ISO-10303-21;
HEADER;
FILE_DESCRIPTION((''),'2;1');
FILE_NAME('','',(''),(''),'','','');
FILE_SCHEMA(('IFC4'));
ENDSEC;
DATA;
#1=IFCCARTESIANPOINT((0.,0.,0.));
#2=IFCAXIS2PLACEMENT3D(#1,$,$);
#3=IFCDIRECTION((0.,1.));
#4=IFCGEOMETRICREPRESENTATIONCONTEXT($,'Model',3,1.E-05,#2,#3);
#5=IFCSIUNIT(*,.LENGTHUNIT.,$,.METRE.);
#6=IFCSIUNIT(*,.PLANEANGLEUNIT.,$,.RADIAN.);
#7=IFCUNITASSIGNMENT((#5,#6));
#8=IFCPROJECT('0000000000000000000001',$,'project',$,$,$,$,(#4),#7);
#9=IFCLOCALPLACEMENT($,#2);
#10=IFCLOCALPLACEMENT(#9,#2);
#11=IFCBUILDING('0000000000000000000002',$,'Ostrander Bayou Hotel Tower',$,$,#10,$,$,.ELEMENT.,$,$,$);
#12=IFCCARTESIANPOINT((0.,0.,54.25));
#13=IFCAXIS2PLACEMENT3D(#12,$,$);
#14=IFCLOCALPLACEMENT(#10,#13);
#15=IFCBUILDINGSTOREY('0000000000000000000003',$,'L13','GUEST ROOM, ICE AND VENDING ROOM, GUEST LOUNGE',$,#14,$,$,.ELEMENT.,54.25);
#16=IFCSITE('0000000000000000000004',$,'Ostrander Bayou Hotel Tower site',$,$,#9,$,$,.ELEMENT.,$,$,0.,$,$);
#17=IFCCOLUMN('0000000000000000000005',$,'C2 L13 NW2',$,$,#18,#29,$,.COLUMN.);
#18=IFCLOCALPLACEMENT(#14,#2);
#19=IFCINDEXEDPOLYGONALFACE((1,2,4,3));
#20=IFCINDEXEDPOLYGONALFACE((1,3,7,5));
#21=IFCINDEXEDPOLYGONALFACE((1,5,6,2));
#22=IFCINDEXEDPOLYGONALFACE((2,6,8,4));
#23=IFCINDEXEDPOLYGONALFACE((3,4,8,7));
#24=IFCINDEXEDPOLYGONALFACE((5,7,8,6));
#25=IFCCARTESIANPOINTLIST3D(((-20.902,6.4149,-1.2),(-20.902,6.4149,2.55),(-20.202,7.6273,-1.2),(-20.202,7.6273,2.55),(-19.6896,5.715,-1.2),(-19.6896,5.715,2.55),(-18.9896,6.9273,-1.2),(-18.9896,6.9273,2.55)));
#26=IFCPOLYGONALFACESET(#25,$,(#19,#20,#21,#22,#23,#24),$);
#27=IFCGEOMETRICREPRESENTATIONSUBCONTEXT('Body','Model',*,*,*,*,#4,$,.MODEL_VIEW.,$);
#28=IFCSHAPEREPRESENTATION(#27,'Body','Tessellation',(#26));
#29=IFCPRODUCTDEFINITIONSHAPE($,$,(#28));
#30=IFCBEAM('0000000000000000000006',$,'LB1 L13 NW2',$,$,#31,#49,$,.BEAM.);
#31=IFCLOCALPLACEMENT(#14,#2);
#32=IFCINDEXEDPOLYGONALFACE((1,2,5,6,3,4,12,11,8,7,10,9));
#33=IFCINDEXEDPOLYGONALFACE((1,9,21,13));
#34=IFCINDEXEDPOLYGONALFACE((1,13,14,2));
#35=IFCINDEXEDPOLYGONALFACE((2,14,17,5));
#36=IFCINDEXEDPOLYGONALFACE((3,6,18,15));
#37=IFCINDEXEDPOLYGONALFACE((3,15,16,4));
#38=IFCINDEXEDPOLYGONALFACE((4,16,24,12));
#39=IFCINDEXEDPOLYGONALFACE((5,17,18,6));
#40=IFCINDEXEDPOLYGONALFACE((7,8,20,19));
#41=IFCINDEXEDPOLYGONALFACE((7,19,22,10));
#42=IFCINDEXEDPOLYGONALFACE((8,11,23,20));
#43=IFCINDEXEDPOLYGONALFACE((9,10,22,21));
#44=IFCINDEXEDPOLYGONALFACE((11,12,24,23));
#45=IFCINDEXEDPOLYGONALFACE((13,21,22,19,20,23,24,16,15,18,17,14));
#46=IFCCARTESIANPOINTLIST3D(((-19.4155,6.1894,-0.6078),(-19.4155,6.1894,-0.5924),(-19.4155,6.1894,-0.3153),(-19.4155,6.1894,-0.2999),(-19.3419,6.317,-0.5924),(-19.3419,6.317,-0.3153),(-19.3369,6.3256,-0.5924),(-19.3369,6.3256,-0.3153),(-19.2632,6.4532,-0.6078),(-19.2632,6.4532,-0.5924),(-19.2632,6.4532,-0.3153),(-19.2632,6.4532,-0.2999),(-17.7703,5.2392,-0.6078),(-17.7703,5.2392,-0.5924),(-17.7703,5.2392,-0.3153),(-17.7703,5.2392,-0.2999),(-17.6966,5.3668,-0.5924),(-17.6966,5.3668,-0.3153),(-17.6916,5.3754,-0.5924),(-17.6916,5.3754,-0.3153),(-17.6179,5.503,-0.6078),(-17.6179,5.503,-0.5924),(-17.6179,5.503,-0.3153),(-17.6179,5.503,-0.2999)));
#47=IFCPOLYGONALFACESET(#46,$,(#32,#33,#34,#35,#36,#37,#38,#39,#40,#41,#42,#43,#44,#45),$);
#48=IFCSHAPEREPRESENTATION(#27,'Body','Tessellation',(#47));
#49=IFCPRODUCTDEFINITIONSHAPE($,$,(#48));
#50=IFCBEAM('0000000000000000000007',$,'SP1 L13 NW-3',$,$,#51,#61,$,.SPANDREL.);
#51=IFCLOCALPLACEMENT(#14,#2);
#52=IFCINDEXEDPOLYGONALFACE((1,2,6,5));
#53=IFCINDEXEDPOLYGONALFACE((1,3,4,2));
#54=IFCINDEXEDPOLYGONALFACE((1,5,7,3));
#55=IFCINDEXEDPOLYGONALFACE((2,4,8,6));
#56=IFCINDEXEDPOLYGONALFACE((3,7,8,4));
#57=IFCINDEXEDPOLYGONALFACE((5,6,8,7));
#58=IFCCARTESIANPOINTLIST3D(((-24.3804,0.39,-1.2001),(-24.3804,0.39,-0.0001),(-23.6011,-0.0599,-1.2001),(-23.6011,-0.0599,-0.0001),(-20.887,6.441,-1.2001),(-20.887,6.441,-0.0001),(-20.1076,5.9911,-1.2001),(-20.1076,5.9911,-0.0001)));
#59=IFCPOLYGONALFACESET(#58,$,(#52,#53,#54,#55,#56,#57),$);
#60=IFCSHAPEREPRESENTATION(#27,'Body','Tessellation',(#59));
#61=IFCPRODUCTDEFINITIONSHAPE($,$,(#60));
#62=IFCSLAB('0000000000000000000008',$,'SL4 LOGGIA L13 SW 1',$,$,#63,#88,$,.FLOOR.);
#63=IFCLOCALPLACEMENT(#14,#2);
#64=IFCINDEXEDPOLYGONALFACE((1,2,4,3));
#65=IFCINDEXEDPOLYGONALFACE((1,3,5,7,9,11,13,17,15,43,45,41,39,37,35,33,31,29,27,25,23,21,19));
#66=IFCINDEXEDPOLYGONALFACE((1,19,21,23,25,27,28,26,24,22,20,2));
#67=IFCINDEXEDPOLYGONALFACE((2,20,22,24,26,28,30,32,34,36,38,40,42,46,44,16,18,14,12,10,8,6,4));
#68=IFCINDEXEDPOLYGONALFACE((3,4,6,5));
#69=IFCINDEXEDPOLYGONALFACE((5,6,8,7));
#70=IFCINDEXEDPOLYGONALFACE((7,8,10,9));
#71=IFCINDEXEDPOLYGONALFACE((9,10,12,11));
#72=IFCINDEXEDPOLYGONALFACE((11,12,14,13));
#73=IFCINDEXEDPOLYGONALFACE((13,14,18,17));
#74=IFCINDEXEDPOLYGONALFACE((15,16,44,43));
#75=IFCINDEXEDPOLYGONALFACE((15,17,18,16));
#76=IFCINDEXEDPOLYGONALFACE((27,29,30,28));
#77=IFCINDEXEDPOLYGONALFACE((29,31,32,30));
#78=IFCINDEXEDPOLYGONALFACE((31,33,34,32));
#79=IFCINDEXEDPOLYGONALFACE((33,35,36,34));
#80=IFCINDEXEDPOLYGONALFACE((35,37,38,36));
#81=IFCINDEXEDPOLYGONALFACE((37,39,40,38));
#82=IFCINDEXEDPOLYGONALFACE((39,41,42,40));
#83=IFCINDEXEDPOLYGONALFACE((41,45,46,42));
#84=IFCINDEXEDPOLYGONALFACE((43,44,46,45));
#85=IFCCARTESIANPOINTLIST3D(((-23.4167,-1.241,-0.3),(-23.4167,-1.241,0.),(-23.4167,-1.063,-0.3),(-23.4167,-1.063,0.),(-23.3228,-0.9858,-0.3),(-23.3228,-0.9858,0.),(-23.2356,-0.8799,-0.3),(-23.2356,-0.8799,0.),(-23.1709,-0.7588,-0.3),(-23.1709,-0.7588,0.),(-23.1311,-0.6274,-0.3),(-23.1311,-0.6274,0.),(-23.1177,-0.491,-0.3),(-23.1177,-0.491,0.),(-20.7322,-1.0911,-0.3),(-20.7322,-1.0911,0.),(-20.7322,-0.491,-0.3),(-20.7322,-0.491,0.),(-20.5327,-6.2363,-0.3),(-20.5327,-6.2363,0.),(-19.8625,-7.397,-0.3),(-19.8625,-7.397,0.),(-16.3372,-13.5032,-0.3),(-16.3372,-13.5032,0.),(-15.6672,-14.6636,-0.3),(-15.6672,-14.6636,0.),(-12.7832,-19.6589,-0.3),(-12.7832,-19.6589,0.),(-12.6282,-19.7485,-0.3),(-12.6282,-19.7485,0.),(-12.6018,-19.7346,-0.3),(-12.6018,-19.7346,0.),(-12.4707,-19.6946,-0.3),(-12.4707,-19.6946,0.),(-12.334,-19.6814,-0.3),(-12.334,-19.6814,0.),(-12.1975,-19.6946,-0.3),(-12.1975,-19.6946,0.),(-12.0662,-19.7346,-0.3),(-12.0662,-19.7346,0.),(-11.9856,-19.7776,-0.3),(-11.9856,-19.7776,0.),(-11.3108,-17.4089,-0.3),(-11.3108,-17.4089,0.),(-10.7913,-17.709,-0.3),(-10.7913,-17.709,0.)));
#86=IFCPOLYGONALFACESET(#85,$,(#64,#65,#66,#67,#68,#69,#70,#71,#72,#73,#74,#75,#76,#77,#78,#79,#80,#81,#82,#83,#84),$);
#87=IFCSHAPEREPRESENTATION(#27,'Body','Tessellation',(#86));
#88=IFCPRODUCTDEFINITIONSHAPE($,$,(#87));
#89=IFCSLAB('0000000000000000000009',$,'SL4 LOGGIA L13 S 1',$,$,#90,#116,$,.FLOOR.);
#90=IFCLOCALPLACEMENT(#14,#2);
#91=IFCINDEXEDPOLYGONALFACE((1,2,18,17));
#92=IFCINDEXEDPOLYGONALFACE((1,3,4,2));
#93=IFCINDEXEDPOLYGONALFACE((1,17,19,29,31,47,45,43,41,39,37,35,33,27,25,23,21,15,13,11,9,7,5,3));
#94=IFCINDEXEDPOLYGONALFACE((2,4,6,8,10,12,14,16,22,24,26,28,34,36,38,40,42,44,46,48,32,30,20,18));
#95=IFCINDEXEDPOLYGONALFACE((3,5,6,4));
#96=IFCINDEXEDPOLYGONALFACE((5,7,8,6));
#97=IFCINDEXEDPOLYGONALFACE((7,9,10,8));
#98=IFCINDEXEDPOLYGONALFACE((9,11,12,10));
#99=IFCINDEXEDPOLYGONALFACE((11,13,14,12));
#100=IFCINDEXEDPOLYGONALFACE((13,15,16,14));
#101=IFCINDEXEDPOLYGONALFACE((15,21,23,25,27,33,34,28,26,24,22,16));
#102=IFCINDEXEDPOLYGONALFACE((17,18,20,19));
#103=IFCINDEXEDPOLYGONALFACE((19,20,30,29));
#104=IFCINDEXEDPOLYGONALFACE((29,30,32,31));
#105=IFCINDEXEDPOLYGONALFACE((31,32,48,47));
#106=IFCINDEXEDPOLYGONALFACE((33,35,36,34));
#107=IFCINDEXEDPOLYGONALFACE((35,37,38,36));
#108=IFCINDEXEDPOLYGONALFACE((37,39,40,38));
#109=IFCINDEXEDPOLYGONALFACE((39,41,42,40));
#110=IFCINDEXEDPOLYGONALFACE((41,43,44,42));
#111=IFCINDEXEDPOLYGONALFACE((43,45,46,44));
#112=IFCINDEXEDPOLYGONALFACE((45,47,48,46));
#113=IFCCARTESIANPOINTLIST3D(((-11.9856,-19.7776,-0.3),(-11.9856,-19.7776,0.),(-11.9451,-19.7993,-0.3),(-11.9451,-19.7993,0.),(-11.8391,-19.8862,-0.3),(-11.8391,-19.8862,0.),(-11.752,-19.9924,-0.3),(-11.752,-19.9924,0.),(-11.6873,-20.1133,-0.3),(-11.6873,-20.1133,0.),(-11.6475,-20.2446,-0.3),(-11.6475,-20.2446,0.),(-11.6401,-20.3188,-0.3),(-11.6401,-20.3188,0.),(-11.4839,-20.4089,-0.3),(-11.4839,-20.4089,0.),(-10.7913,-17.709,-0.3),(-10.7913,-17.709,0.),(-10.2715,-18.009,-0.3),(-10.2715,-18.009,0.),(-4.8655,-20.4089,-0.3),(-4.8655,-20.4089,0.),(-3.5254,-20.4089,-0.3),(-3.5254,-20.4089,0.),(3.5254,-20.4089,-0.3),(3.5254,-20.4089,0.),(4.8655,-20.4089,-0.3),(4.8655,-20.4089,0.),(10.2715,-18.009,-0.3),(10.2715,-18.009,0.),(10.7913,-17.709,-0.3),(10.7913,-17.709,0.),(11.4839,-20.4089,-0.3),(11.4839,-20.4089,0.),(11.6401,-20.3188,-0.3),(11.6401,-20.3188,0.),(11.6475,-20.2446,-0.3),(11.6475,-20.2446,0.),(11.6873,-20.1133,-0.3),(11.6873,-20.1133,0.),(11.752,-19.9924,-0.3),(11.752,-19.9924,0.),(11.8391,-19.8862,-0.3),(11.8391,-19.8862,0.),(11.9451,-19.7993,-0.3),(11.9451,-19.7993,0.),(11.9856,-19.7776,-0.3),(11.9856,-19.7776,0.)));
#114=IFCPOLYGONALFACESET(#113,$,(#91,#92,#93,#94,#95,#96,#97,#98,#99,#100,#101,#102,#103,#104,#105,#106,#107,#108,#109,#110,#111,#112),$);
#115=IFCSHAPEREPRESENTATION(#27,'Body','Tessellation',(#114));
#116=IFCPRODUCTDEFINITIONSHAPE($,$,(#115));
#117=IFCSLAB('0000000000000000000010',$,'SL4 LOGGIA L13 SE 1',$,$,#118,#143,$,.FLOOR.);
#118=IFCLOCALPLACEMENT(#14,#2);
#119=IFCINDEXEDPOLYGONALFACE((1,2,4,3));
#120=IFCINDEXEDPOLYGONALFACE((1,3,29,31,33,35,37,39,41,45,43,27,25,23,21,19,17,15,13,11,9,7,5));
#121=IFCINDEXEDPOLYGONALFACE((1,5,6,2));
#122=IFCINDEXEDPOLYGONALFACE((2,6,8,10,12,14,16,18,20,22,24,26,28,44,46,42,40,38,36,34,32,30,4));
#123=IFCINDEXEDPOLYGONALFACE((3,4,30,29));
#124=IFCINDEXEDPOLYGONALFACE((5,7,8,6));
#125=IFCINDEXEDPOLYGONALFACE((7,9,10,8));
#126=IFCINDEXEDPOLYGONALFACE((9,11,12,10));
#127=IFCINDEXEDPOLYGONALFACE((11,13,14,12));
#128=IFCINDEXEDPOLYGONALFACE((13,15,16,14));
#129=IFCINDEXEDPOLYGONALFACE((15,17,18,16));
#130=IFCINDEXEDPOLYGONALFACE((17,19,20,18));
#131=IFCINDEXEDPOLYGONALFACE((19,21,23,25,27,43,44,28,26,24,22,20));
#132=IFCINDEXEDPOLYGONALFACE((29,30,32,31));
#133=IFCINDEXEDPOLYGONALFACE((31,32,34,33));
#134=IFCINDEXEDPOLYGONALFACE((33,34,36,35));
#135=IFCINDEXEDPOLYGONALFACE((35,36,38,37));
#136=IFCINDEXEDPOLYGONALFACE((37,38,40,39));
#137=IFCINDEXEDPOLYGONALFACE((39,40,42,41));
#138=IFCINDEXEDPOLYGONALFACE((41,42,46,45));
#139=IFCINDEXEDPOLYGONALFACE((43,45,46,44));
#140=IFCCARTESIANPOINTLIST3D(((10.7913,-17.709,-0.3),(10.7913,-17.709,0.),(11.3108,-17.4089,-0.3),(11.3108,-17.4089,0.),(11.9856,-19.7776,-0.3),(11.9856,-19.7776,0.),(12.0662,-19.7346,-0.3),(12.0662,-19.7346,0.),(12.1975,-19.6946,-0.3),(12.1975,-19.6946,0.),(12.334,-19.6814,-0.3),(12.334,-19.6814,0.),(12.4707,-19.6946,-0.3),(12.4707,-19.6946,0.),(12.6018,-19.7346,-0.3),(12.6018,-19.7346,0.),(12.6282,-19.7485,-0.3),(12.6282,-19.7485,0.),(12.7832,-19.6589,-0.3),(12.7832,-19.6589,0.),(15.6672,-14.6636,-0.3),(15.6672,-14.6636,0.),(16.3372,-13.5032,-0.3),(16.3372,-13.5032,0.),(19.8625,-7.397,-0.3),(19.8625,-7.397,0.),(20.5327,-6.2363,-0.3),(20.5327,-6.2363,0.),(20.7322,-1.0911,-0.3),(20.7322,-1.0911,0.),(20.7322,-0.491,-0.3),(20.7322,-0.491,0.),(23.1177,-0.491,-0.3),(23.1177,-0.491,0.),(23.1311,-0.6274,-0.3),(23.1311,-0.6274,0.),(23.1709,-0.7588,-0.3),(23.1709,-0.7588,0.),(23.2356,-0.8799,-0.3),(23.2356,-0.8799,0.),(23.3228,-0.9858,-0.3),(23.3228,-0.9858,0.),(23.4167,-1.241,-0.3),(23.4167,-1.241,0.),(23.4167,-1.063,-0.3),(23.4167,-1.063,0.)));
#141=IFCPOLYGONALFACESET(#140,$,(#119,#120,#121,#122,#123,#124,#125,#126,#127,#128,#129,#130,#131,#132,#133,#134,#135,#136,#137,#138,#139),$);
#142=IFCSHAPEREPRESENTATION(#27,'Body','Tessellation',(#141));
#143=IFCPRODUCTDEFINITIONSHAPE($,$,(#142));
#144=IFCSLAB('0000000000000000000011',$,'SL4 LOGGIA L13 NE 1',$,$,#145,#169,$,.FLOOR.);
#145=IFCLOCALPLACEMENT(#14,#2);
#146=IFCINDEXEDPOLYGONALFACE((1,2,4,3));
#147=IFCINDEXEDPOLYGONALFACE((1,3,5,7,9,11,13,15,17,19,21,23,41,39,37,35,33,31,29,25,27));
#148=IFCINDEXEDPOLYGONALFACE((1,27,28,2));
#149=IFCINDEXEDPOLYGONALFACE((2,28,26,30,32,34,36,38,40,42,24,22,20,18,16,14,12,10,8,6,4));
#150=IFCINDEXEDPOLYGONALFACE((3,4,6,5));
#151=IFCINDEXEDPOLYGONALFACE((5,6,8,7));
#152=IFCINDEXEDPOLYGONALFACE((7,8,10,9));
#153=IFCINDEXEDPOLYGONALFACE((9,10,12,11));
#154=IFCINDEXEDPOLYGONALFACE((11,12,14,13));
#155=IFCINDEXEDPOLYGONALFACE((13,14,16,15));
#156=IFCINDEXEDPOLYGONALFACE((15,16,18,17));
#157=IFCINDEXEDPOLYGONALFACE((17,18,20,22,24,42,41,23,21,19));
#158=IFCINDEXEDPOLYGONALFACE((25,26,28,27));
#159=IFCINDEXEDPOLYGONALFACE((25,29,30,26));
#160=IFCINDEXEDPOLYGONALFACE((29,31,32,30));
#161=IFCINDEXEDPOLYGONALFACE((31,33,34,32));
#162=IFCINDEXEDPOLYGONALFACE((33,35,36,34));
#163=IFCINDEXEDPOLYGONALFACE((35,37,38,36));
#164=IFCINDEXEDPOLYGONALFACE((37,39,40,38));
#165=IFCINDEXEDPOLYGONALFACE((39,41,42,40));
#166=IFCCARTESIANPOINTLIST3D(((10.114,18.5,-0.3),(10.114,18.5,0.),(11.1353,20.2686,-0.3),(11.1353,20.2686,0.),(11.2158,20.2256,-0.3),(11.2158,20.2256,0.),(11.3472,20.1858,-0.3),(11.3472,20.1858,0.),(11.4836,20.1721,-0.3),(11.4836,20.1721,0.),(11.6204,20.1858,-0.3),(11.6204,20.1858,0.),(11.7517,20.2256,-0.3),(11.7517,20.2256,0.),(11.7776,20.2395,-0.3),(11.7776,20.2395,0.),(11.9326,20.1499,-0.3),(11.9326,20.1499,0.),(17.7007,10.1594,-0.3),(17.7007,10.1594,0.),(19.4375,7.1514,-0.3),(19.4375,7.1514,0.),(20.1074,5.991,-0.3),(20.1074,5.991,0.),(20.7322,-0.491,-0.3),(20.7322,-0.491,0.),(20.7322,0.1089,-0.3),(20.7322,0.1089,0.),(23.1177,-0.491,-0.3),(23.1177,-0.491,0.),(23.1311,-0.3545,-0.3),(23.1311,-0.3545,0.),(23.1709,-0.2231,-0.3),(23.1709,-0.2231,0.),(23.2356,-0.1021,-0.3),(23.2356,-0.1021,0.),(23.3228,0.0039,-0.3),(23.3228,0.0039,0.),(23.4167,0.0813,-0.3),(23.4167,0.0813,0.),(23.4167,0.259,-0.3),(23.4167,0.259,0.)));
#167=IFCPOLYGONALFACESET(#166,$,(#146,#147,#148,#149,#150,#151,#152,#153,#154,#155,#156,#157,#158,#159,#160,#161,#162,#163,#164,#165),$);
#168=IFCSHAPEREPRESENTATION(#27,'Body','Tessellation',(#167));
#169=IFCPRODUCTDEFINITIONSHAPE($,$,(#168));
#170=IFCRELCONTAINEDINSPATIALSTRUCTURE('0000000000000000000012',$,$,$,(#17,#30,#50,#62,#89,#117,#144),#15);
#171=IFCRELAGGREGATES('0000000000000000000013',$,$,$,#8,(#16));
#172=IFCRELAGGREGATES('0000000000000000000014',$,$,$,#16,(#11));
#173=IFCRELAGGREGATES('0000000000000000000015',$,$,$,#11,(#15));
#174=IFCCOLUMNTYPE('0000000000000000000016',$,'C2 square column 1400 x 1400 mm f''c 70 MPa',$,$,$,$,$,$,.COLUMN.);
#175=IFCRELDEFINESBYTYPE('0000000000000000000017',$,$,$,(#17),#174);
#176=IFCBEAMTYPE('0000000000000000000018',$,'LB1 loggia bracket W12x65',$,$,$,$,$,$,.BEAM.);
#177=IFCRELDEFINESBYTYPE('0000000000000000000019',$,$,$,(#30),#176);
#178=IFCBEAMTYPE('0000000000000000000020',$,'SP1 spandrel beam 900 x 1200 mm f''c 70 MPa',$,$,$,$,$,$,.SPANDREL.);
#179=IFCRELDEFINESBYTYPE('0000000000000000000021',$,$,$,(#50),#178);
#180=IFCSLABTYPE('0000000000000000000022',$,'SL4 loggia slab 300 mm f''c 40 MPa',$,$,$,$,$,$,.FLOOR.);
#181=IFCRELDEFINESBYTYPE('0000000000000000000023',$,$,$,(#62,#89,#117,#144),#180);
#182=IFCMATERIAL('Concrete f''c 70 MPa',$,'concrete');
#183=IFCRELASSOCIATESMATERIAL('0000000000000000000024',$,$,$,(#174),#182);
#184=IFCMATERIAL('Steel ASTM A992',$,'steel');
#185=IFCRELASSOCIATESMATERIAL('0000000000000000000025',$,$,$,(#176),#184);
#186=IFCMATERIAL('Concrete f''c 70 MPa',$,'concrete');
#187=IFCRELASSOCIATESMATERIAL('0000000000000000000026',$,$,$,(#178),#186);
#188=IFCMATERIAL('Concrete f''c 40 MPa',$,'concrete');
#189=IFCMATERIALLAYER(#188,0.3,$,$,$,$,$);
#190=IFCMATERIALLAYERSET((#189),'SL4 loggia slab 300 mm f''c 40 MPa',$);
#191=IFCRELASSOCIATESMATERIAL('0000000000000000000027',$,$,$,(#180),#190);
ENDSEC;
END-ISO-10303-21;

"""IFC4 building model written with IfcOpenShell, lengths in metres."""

from ifc_helpers import new_model, si_unit, direction, frame, origin, origin_2d, place, context, subcontext, project, spatial, polyline, rectangle, i_section, outline, extrude, material, layer, layer_set, material_profile, profile_set, type_object, element, save


model = new_model("IFC4")

# Units and contexts
model_context = context("Model", 3, precision=1e-05, world=origin(), true_north=direction((0.0, 1.0)))
body_context = subcontext(model_context, "Body", "Model", "MODEL_VIEW")
ifc_project = project(units=[si_unit("LENGTHUNIT", "METRE"), si_unit("PLANEANGLEUNIT", "RADIAN")], contexts=[model_context])

# Site, building, storey
site_placement = place(None, origin())
site = spatial("IfcSite", under=ifc_project, at=site_placement, Name="Ostrander Bayou Hotel Tower site", CompositionType="ELEMENT", RefElevation=0.0)
building_placement = place(site_placement, origin())
building = spatial("IfcBuilding", under=site, at=building_placement, Name="Ostrander Bayou Hotel Tower", CompositionType="ELEMENT")
storey_placement = place(building_placement, frame((0.0, 0.0, 54.25)))
storey = spatial("IfcBuildingStorey", under=building, at=storey_placement, Name="L13", Description="GUEST ROOM, ICE AND VENDING ROOM, GUEST LOUNGE", CompositionType="ELEMENT", Elevation=54.25)

# Column
ifc_material_1 = material(Name="Concrete f'c 70 MPa", Category="concrete")
ifc_material_profile_1 = material_profile(ifc_material_1, rectangle(XDim=1.3999, YDim=1.3999, at=origin_2d()))
ifc_profile_set_1 = profile_set([ifc_material_profile_1], Name="Concrete f'c 70 MPa")
column_type = type_object("IfcColumnType", Name="C2 square column 1400 x 1400 mm f'c 70 MPa", PredefinedType="COLUMN", material=ifc_profile_set_1)
column_placement = place(storey_placement, frame((-19.9458, 6.6711, -1.2), z_axis=(0.0, 0.0, 1.0), x_axis=(0.5, 0.866025, 0.0)))
element("IfcColumn", 1, at=column_placement, inside=storey, type_object=column_type, Name="C2 L13 NW2", PredefinedType="COLUMN", context=body_context, shape_type="SweptSolid", body=[
    extrude(rectangle(XDim=1.3999, YDim=1.3999, at=origin_2d()), origin(), (0.0, 0.0, 1.0), 3.75),
])

# Beams
ifc_material_2 = material(Name="Steel ASTM A992", Category="steel")
ifc_material_profile_2 = material_profile(ifc_material_2, i_section(OverallWidth=0.3047, OverallDepth=0.3079, WebThickness=0.01, FlangeThickness=0.0154, at=origin_2d()))
ifc_profile_set_2 = profile_set([ifc_material_profile_2], Name="Steel ASTM A992")
beam_type_1 = type_object("IfcBeamType", Name="LB1 loggia bracket W12x65", PredefinedType="BEAM", material=ifc_profile_set_2)
beam_1_placement = place(storey_placement, frame((-19.3394, 6.3213, -0.4539), z_axis=(0.865957, -0.500119, 0.0), x_axis=(0.500119, 0.865957, 0.0)))
element("IfcBeam", 2, at=beam_1_placement, inside=storey, type_object=beam_type_1, Name="LB1 L13 NW2", PredefinedType="BEAM", context=body_context, shape_type="SweptSolid", body=[
    extrude(i_section(OverallWidth=0.3047, OverallDepth=0.3079, WebThickness=0.01, FlangeThickness=0.0154, at=origin_2d()), origin(), (0.0, 0.0, 1.0), 1.8999),
])
ifc_material_3 = material(Name="Concrete f'c 70 MPa", Category="concrete")
ifc_material_profile_3 = material_profile(ifc_material_3, rectangle(XDim=0.8999, YDim=1.2, at=origin_2d()))
ifc_profile_set_3 = profile_set([ifc_material_profile_3], Name="Concrete f'c 70 MPa")
beam_type_2 = type_object("IfcBeamType", Name="SP1 spandrel beam 900 x 1200 mm f'c 70 MPa", PredefinedType="SPANDREL", material=ifc_profile_set_3)
beam_2_placement = place(storey_placement, frame((-20.4973, 6.2161, -0.6001), z_axis=(-0.499984, -0.866035, 0.0), x_axis=(0.866035, -0.499984, 0.0)))
element("IfcBeam", 3, at=beam_2_placement, inside=storey, type_object=beam_type_2, Name="SP1 L13 NW-3", PredefinedType="SPANDREL", context=body_context, shape_type="SweptSolid", body=[
    extrude(rectangle(XDim=0.8999, YDim=1.2, at=origin_2d()), origin(), (0.0, 0.0, 1.0), 6.9871),
])

# Slabs
ifc_material_4 = material(Name="Concrete f'c 40 MPa", Category="concrete")
ifc_layer_1 = layer(ifc_material_4, 0.3)
ifc_layer_set_1 = layer_set([ifc_layer_1], Name="SL4 loggia slab 300 mm f'c 40 MPa")
slab_type_1 = type_object("IfcSlabType", Name="SL4 loggia slab 300 mm f'c 40 MPa", PredefinedType="FLOOR", material=ifc_layer_set_1)
slab_1_placement = place(storey_placement, frame((0.0, 0.0, -0.3)))
element("IfcSlab", 4, at=slab_1_placement, inside=storey, type_object=slab_type_1, Name="SL4 LOGGIA L13 SW 1", PredefinedType="FLOOR", context=body_context, shape_type="SweptSolid", body=[
    extrude(outline(polyline([(-10.7913, -17.709), (-11.9856, -19.7776), (-12.0662, -19.7346), (-12.1975, -19.6946), (-12.334, -19.6814), (-12.4707, -19.6946), (-12.6018, -19.7346), (-12.6282, -19.7485), (-12.7832, -19.6589), (-15.6672, -14.6636), (-16.3372, -13.5032), (-19.8625, -7.397), (-20.5327, -6.2363), (-23.4167, -1.241), (-23.4167, -1.063), (-23.3228, -0.9858), (-23.2356, -0.8799), (-23.1709, -0.7588), (-23.1311, -0.6274), (-23.1177, -0.491), (-20.7322, -0.491), (-20.7322, -1.0911), (-11.3108, -17.4089), (-10.7913, -17.709)])), origin(), (0.0, 0.0, 1.0), 0.3),
])
slab_2_placement = place(storey_placement, frame((0.0, 0.0, -0.3)))
element("IfcSlab", 5, at=slab_2_placement, inside=storey, type_object=slab_type_1, Name="SL4 LOGGIA L13 S 1", PredefinedType="FLOOR", context=body_context, shape_type="SweptSolid", body=[
    extrude(outline(polyline([(10.7913, -17.709), (11.9856, -19.7776), (11.9451, -19.7993), (11.8391, -19.8862), (11.752, -19.9924), (11.6873, -20.1133), (11.6475, -20.2446), (11.6401, -20.3188), (11.4839, -20.4089), (4.8655, -20.4089), (3.5254, -20.4089), (-3.5254, -20.4089), (-4.8655, -20.4089), (-11.4839, -20.4089), (-11.6401, -20.3188), (-11.6475, -20.2446), (-11.6873, -20.1133), (-11.752, -19.9924), (-11.8391, -19.8862), (-11.9451, -19.7993), (-11.9856, -19.7776), (-10.7913, -17.709), (-10.2715, -18.009), (10.2715, -18.009), (10.7913, -17.709)])), origin(), (0.0, 0.0, 1.0), 0.3),
])
slab_3_placement = place(storey_placement, frame((0.0, 0.0, -0.3)))
element("IfcSlab", 6, at=slab_3_placement, inside=storey, type_object=slab_type_1, Name="SL4 LOGGIA L13 SE 1", PredefinedType="FLOOR", context=body_context, shape_type="SweptSolid", body=[
    extrude(outline(polyline([(20.7322, -0.491), (23.1177, -0.491), (23.1311, -0.6274), (23.1709, -0.7588), (23.2356, -0.8799), (23.3228, -0.9858), (23.4167, -1.063), (23.4167, -1.241), (20.5327, -6.2363), (19.8625, -7.397), (16.3372, -13.5032), (15.6672, -14.6636), (12.7832, -19.6589), (12.6282, -19.7485), (12.6018, -19.7346), (12.4707, -19.6946), (12.334, -19.6814), (12.1975, -19.6946), (12.0662, -19.7346), (11.9856, -19.7776), (10.7913, -17.709), (11.3108, -17.4089), (20.7322, -1.0911), (20.7322, -0.491)])), origin(), (0.0, 0.0, 1.0), 0.3),
])
slab_4_placement = place(storey_placement, frame((0.0, 0.0, -0.3)))
element("IfcSlab", 7, at=slab_4_placement, inside=storey, type_object=slab_type_1, Name="SL4 LOGGIA L13 NE 1", PredefinedType="FLOOR", context=body_context, shape_type="SweptSolid", body=[
    extrude(outline(polyline([(11.1353, 20.2686), (11.2158, 20.2256), (11.3472, 20.1858), (11.4836, 20.1721), (11.6204, 20.1858), (11.7517, 20.2256), (11.7776, 20.2395), (11.9326, 20.1499), (17.7007, 10.1594), (19.4375, 7.1514), (20.1074, 5.991), (23.4167, 0.259), (23.4167, 0.0813), (23.3228, 0.0039), (23.2356, -0.1021), (23.1709, -0.2231), (23.1311, -0.3545), (23.1177, -0.491), (20.7322, -0.491), (20.7322, 0.1089), (10.114, 18.5), (11.1353, 20.2686)])), origin(), (0.0, 0.0, 1.0), 0.3),
])

save(model, "model.ifc")
